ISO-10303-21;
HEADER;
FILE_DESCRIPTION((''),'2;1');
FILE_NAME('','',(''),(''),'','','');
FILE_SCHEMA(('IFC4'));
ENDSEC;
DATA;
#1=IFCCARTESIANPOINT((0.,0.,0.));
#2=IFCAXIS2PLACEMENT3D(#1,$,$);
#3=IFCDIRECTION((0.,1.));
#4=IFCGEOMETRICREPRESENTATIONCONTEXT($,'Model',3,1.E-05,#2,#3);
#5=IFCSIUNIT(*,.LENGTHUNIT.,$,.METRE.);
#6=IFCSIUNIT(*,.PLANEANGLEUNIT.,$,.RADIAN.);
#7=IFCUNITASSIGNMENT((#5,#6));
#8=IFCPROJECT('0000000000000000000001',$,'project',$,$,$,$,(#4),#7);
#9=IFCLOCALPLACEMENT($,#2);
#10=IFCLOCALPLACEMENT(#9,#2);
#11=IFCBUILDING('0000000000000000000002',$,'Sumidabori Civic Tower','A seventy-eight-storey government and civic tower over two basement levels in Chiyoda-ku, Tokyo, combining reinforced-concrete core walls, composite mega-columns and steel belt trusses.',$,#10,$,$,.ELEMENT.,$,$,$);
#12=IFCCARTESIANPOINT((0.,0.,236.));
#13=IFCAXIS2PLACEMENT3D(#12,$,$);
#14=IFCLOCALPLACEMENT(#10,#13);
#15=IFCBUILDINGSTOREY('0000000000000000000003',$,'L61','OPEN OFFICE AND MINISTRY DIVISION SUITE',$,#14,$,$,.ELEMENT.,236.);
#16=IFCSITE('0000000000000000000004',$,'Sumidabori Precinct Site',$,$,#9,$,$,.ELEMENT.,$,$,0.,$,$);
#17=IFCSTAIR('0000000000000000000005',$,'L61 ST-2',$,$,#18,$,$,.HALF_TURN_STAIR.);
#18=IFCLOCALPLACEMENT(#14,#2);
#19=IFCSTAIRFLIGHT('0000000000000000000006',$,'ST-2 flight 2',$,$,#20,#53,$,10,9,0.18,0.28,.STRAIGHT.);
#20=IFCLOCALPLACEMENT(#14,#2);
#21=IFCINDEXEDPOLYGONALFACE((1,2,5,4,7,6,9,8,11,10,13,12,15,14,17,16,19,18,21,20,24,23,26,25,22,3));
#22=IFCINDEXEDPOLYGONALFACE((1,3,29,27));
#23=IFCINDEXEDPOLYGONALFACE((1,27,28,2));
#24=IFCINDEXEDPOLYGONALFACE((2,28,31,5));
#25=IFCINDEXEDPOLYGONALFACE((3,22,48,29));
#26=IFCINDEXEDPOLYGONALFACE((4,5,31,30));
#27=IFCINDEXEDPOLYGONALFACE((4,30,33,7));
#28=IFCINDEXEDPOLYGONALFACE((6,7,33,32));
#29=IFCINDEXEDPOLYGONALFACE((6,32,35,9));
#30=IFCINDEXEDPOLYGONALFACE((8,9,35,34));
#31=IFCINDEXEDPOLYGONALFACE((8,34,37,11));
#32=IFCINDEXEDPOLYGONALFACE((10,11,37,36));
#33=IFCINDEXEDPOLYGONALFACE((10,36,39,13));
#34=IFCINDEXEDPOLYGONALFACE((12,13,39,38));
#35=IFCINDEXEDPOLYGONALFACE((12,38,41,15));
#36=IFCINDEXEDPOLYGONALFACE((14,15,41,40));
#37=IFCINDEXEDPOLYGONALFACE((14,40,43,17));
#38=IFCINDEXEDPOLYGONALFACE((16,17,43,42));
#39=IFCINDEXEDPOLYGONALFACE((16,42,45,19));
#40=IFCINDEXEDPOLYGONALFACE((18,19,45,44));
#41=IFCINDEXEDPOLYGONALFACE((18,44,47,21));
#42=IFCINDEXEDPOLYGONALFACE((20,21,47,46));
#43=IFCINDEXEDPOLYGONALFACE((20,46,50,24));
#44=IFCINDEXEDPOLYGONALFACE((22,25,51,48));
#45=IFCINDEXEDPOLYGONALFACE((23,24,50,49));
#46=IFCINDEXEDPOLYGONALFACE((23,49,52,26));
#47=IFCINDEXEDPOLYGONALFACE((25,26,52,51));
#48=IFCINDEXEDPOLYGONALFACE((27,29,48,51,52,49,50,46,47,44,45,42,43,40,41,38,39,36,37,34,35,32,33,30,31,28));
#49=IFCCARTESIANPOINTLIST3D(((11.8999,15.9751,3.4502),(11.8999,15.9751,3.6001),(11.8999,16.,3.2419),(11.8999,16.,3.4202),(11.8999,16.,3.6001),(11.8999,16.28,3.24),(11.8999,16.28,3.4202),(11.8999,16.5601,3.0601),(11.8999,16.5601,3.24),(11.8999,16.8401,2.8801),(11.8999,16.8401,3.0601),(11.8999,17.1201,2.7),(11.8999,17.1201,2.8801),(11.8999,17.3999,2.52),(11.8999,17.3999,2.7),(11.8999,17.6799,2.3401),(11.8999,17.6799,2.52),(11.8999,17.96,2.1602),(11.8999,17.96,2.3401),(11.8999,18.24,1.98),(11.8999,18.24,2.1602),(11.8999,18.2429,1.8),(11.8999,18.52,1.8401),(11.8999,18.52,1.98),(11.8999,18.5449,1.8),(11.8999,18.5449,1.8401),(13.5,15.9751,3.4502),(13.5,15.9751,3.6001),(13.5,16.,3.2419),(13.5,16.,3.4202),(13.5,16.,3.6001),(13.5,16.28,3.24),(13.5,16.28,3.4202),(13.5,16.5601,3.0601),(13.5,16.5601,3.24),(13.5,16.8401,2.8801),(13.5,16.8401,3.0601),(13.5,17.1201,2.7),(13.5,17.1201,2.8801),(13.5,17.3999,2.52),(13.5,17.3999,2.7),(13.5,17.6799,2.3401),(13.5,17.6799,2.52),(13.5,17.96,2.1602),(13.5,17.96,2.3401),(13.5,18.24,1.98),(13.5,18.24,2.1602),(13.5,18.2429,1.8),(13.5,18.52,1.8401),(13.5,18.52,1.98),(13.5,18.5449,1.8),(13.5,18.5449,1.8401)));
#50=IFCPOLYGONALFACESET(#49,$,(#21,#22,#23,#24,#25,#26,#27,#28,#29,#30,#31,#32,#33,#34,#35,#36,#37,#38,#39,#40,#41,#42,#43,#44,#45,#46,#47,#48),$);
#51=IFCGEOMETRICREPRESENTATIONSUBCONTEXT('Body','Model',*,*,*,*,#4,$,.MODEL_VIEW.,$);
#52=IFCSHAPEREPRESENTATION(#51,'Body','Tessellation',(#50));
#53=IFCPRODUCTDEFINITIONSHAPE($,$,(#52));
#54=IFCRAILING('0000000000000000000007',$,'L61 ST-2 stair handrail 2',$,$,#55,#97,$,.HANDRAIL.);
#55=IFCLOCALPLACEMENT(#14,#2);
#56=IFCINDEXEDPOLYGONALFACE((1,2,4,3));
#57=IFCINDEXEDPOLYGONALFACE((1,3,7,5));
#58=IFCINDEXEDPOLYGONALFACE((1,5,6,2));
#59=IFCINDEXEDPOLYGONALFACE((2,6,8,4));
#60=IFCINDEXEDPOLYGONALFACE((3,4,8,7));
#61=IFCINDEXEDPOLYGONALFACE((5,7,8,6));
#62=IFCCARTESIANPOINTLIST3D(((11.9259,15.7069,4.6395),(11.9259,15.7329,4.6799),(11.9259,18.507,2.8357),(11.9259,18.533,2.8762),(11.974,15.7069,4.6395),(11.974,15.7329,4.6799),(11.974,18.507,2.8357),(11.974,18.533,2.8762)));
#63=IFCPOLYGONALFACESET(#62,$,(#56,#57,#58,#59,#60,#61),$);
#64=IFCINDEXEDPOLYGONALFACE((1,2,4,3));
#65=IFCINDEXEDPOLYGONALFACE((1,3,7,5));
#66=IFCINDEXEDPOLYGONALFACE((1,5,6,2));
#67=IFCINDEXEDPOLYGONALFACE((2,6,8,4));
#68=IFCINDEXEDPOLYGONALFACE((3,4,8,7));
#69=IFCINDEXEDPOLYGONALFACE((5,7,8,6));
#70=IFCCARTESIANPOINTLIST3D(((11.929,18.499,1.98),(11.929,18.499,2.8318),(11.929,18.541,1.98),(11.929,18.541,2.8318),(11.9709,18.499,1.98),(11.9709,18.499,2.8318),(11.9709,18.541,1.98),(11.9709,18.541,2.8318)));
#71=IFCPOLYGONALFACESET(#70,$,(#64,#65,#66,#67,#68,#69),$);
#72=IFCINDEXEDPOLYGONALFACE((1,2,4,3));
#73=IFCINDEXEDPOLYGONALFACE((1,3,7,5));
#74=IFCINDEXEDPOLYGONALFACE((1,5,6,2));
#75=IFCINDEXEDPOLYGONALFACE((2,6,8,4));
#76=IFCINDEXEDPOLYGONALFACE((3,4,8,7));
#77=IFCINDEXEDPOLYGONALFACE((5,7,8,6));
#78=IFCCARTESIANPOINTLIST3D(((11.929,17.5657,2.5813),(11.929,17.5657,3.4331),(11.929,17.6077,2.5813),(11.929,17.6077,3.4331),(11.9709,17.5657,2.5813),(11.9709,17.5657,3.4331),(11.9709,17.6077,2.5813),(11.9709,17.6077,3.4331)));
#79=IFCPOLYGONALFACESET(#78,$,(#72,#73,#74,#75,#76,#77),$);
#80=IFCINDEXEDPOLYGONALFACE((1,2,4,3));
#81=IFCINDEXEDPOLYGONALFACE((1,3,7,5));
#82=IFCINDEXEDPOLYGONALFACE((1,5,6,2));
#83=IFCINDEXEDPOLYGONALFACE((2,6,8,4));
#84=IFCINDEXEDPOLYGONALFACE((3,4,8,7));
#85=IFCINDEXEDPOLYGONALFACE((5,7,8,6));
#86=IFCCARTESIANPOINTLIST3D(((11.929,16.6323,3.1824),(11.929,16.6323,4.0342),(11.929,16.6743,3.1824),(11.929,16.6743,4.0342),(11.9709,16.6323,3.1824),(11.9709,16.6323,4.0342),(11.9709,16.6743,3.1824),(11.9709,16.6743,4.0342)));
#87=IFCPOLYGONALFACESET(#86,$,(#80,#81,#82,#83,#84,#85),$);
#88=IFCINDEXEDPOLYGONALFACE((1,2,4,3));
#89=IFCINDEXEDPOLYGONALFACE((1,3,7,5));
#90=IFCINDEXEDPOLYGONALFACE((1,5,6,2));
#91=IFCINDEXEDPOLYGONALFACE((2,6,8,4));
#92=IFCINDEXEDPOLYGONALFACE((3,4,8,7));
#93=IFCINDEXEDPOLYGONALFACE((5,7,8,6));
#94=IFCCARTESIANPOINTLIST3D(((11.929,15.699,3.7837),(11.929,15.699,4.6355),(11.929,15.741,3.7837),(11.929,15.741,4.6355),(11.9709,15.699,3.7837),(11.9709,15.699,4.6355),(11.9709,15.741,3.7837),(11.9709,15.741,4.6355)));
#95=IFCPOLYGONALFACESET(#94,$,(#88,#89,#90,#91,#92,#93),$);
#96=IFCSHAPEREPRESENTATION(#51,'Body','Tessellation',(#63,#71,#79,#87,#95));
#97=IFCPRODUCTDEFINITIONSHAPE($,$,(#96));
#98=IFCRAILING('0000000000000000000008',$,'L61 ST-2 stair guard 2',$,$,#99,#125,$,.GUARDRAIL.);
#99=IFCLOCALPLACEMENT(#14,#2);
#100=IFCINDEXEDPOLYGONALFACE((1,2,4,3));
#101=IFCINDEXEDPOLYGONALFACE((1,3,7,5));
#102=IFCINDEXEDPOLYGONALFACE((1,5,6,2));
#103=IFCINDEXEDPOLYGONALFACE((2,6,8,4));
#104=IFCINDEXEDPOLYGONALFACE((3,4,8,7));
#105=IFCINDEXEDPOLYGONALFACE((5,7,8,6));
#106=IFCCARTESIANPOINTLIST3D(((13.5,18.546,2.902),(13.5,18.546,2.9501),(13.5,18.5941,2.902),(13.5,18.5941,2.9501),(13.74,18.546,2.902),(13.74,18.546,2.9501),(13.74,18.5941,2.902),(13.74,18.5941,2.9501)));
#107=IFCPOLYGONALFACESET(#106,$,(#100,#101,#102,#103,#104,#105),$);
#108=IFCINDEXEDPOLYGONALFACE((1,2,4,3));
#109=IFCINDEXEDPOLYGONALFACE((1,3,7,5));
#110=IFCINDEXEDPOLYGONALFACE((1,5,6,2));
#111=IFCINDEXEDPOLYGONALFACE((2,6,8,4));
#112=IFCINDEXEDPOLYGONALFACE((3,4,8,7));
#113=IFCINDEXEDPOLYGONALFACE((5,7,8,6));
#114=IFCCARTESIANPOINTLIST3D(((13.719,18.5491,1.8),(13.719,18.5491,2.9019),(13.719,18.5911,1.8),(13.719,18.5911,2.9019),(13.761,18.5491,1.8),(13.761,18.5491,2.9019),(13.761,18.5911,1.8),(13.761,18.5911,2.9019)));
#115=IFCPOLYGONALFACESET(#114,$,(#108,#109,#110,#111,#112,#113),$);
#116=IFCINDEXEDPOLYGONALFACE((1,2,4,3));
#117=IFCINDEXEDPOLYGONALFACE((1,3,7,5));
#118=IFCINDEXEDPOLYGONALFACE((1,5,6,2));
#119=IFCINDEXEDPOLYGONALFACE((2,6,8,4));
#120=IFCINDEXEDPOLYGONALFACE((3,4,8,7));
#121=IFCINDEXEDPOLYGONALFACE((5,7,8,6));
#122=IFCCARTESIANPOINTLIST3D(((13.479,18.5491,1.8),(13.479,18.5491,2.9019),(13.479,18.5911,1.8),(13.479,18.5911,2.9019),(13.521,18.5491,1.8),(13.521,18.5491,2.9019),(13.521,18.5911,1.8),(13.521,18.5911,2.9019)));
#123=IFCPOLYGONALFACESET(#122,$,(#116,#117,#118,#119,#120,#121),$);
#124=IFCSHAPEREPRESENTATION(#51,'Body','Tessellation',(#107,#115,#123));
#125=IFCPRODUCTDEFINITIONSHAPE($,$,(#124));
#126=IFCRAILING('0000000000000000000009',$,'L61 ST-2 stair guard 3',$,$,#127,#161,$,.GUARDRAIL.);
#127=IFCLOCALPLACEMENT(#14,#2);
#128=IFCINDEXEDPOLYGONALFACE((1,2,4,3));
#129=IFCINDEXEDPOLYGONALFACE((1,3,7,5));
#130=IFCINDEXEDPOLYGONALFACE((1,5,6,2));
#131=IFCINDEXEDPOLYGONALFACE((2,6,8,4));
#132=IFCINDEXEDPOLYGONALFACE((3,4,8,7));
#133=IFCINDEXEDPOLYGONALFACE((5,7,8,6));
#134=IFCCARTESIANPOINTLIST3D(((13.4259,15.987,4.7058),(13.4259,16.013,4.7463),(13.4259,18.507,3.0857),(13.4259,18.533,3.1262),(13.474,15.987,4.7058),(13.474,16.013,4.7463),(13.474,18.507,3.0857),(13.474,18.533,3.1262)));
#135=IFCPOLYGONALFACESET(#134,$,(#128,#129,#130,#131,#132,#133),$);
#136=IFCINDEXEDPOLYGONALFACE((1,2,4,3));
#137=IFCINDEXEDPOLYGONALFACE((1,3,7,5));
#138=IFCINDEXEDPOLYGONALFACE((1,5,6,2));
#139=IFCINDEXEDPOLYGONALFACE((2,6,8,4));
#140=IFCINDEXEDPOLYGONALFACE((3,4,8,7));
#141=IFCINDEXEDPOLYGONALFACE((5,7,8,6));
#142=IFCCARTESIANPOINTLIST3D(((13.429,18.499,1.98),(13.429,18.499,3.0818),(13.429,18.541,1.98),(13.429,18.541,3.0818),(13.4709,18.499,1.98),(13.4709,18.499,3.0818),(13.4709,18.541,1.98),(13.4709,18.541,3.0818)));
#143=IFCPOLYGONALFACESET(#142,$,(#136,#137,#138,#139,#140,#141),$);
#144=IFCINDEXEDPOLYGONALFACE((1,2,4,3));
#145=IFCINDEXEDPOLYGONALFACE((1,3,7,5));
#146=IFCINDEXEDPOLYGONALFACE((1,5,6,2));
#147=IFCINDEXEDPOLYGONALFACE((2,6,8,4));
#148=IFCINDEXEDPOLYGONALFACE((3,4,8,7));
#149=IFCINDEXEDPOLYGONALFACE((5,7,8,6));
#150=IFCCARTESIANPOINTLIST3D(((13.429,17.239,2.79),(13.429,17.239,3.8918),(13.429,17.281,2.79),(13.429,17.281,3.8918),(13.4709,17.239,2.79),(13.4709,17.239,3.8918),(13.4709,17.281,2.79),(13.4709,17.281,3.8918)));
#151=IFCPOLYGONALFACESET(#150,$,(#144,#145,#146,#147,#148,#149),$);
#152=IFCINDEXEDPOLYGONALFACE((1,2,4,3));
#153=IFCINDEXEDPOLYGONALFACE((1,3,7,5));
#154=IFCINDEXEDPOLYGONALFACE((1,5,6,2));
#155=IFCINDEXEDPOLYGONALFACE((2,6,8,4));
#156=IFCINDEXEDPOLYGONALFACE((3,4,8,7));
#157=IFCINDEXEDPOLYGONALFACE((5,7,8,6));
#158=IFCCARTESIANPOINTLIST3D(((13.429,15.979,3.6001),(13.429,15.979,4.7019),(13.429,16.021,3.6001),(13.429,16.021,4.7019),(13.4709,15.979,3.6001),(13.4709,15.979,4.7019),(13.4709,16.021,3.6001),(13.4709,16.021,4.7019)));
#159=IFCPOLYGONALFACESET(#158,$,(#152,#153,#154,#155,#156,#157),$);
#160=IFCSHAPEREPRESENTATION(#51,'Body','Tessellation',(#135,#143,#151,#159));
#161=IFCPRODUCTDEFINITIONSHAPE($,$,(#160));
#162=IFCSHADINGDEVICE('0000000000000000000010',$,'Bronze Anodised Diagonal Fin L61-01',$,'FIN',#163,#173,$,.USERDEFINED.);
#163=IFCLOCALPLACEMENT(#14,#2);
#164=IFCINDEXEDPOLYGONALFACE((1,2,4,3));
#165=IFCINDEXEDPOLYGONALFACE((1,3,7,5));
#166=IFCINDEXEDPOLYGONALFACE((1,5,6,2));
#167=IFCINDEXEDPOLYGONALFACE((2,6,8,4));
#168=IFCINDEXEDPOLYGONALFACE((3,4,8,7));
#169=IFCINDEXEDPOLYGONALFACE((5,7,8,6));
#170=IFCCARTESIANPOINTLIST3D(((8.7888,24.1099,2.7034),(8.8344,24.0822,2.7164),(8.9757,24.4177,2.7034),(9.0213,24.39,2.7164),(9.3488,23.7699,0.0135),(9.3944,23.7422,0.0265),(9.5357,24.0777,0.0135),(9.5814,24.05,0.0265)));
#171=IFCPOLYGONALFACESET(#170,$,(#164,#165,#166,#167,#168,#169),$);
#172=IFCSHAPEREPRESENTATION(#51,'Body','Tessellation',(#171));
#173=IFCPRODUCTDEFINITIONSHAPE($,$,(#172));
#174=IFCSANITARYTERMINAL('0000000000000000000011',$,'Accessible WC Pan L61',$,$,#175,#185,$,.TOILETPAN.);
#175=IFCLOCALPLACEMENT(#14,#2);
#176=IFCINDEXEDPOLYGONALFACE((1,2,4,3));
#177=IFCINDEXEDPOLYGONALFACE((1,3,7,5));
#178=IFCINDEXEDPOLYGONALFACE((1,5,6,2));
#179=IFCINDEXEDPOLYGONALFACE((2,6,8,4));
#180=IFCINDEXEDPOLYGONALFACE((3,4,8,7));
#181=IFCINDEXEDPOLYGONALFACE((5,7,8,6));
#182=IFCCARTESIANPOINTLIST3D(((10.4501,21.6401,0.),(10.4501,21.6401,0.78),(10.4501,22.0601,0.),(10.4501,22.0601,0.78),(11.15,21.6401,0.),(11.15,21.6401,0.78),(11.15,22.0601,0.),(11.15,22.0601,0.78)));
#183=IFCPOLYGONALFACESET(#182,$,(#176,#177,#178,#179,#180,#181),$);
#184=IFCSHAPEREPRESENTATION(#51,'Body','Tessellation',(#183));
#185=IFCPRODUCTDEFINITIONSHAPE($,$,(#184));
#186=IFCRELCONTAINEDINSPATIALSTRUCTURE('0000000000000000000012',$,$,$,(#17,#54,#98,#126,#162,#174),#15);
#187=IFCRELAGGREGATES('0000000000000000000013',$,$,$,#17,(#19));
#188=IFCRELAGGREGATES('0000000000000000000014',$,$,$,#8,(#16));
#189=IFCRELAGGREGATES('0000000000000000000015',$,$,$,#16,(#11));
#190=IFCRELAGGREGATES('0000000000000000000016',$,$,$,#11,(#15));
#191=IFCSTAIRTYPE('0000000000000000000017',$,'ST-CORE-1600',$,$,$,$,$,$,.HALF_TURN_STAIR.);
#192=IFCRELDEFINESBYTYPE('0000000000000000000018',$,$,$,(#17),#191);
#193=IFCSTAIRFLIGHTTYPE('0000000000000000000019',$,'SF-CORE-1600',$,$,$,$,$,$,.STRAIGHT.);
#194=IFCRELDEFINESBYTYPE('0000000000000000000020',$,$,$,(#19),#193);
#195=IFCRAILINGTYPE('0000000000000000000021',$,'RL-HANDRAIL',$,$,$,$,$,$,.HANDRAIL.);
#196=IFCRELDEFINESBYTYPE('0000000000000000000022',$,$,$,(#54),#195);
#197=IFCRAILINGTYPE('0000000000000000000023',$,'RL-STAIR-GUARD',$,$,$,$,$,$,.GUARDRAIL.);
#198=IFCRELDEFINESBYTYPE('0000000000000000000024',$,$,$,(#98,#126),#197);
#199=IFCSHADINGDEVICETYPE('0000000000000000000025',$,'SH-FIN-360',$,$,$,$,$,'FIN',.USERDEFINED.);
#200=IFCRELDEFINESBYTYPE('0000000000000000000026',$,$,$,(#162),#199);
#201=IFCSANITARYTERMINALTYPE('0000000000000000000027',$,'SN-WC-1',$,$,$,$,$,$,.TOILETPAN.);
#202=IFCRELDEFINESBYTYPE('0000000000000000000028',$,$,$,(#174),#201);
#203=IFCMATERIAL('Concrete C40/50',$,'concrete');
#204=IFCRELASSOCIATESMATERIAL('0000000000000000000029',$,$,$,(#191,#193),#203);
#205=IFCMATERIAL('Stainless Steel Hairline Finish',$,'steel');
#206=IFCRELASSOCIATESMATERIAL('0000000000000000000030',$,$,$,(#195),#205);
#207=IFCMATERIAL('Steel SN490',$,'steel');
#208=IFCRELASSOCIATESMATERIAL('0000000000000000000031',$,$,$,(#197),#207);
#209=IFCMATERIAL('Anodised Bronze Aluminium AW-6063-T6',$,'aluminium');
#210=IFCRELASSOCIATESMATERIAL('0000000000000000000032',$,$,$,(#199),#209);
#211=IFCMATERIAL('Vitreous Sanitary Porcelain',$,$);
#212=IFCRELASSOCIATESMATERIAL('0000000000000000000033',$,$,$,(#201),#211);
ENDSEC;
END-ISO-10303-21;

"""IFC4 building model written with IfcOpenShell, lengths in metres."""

from ifc_helpers import new_model, si_unit, direction, frame, origin, origin_2d, place, context, subcontext, project, spatial, polyline, rectangle, outline, extrude, source, transform, mapped, material, material_profile, profile_set, type_object, element, aggregate, save


model = new_model("IFC4")

# Units and contexts
model_context = context("Model", 3, precision=1e-05, world=origin(), true_north=direction((0.0, 1.0)))
body_context = subcontext(model_context, "Body", "Model", "MODEL_VIEW")
ifc_project = project(units=[si_unit("LENGTHUNIT", "METRE"), si_unit("PLANEANGLEUNIT", "RADIAN")], contexts=[model_context])

# Site, building, storey
site_placement = place(None, origin())
site = spatial("IfcSite", under=ifc_project, at=site_placement, Name="Sumidabori Precinct Site", CompositionType="ELEMENT", RefElevation=0.0)
building_placement = place(site_placement, origin())
building = spatial("IfcBuilding", under=site, at=building_placement, Name="Sumidabori Civic Tower", Description="A seventy-eight-storey government and civic tower over two basement levels in Chiyoda-ku, Tokyo, combining reinforced-concrete core walls, composite mega-columns and steel belt trusses.", CompositionType="ELEMENT")
storey_placement = place(building_placement, frame((0.0, 0.0, 236.0)))
storey = spatial("IfcBuildingStorey", under=building, at=storey_placement, Name="L61", Description="OPEN OFFICE AND MINISTRY DIVISION SUITE", CompositionType="ELEMENT", Elevation=236.0)

# Shared definitions
ifc_material_1 = material(Name="Steel SN490", Category="steel")

# Shared definitions
ifc_material_2 = material(Name="Anodised Bronze Aluminium AW-6063-T6", Category="aluminium")

# Stair, stair flight
ifc_material_3 = material(Name="Concrete C40/50", Category="concrete")
stair_type = type_object("IfcStairType", Name="ST-CORE-1600", PredefinedType="HALF_TURN_STAIR", material=ifc_material_3)
stair_placement = place(storey_placement, origin())
stair = element("IfcStair", 1, at=stair_placement, inside=storey, type_object=stair_type, Name="L61 ST-2", PredefinedType="HALF_TURN_STAIR")
stair_flight_type = type_object("IfcStairFlightType", Name="SF-CORE-1600", PredefinedType="STRAIGHT", material=ifc_material_3)
shared_shape_1 = source(origin(), body_context, "Body", "SweptSolid", [
    extrude(outline(polyline([(-0.0249, 0.0), (-0.0249, 0.04), (0.0, 0.04), (0.0, 0.1799), (0.28, 0.1799), (0.28, 0.3601), (0.5601, 0.3601), (0.5601, 0.54), (0.8401, 0.54), (0.8401, 0.72), (1.1201, 0.72), (1.1201, 0.8999), (1.3999, 0.8999), (1.3999, 1.0801), (1.6799, 1.0801), (1.6799, 1.26), (1.96, 1.26), (1.96, 1.4399), (2.24, 1.4399), (2.24, 1.6201), (2.52, 1.6201), (2.52, 1.8), (2.5449, 1.8), (2.5449, 1.6501), (2.52, 1.4419), (0.2771, 0.0), (-0.0249, 0.0)])), frame((0.0, 0.8, 0.0), z_axis=(0.0, -1.0, 0.0), x_axis=(1.0, 0.0, 0.0)), (0.0, 0.0, 1.0), 1.6001),
])
stair_flight_placement = place(storey_placement, frame((12.7, 18.52, 1.8), z_axis=(0.0, 0.0, 1.0), x_axis=(0.0, -1.0, 0.0)))
stair_flight = element("IfcStairFlight", 2, at=stair_flight_placement, type_object=stair_flight_type, Name="ST-2 flight 2", NumberOfRisers=10, NumberOfTreads=9, PredefinedType="STRAIGHT", RiserHeight=0.18, TreadLength=0.28, context=body_context, shape_type="MappedRepresentation", body=[
    mapped(shared_shape_1, transform((0.0, 0.0, 0.0), x_axis=(1.0, 0.0, 0.0), y_axis=(0.0, 1.0, 0.0), z_axis=(0.0, 0.0, 1.0), scale=1.0)),
])
aggregate(stair, [stair_flight])

# Railings
ifc_material_4 = material(Name="Stainless Steel Hairline Finish", Category="steel")
railing_type_1 = type_object("IfcRailingType", Name="RL-HANDRAIL", PredefinedType="HANDRAIL", material=ifc_material_4)
railing_1_placement = place(storey_placement, frame((11.95, 18.52, 1.98)))
element("IfcRailing", 3, at=railing_1_placement, inside=storey, type_object=railing_type_1, Name="L61 ST-2 stair handrail 2", PredefinedType="HANDRAIL", context=body_context, shape_type="SweptSolid", body=[
    extrude(rectangle(XDim=0.0481, YDim=0.0481, at=origin_2d()), frame((0.0, 0.0, 0.876), z_axis=(0.0, -0.840676, 0.541539), x_axis=(1.0, 0.0, 0.0)), (0.0, 0.0, 1.0), 3.3308),
    extrude(rectangle(XDim=0.042, YDim=0.042, at=origin_2d()), origin(), (0.0, 0.0, 1.0), 0.8518),
    extrude(rectangle(XDim=0.042, YDim=0.042, at=origin_2d()), frame((0.0, -0.9333, 0.6013)), (0.0, 0.0, 1.0), 0.8518),
    extrude(rectangle(XDim=0.042, YDim=0.042, at=origin_2d()), frame((0.0, -1.8667, 1.2024)), (0.0, 0.0, 1.0), 0.8518),
    extrude(rectangle(XDim=0.042, YDim=0.042, at=origin_2d()), frame((0.0, -2.8, 1.8037)), (0.0, 0.0, 1.0), 0.8518),
])
railing_type_2 = type_object("IfcRailingType", Name="RL-STAIR-GUARD", PredefinedType="GUARDRAIL", material=ifc_material_1)
railing_2_placement = place(storey_placement, frame((13.74, 18.5701, 1.8)))
element("IfcRailing", 4, at=railing_2_placement, inside=storey, type_object=railing_type_2, Name="L61 ST-2 stair guard 2", PredefinedType="GUARDRAIL", context=body_context, shape_type="SweptSolid", body=[
    extrude(rectangle(XDim=0.0481, YDim=0.0481, at=origin_2d()), frame((0.0, 0.0, 1.126), z_axis=(-1.0, 0.0, 0.0), x_axis=(0.0, -1.0, 0.0)), (0.0, 0.0, 1.0), 0.24),
    extrude(rectangle(XDim=0.042, YDim=0.042, at=origin_2d()), origin(), (0.0, 0.0, 1.0), 1.1018),
    extrude(rectangle(XDim=0.042, YDim=0.042, at=origin_2d()), frame((-0.24, 0.0, 0.0)), (0.0, 0.0, 1.0), 1.1018),
])
railing_3_placement = place(storey_placement, frame((13.45, 18.52, 1.98)))
element("IfcRailing", 5, at=railing_3_placement, inside=storey, type_object=railing_type_2, Name="L61 ST-2 stair guard 3", PredefinedType="GUARDRAIL", context=body_context, shape_type="SweptSolid", body=[
    extrude(rectangle(XDim=0.0481, YDim=0.0481, at=origin_2d()), frame((0.0, 0.0, 1.126), z_axis=(0.0, -0.841163, 0.540782), x_axis=(1.0, 0.0, 0.0)), (0.0, 0.0, 1.0), 2.9958),
    extrude(rectangle(XDim=0.042, YDim=0.042, at=origin_2d()), origin(), (0.0, 0.0, 1.0), 1.1018),
    extrude(rectangle(XDim=0.042, YDim=0.042, at=origin_2d()), frame((0.0, -1.26, 0.8101)), (0.0, 0.0, 1.0), 1.1018),
    extrude(rectangle(XDim=0.042, YDim=0.042, at=origin_2d()), frame((0.0, -2.52, 1.6201)), (0.0, 0.0, 1.0), 1.1018),
])

# Shading device
ifc_material_profile_1 = material_profile(ifc_material_2, rectangle(XDim=0.0549, YDim=0.3601, at=origin_2d()), Name="BRONZE FIN 360x55")
ifc_profile_set_1 = profile_set([ifc_material_profile_1], Name="Anodised Bronze Aluminium AW-6063-T6")
shading_device_type = type_object("IfcShadingDeviceType", Name="SH-FIN-360", ElementType="FIN", PredefinedType="USERDEFINED", material=ifc_profile_set_1)
shared_shape_2 = source(origin(), body_context, "Body", "SweptSolid", [
    extrude(rectangle(XDim=0.0549, YDim=0.3601, at=origin_2d()), origin(), (0.0, 0.0, 1.0), 2.7686),
])
shading_device_placement = place(storey_placement, frame((9.4651, 23.9099, 0.02), z_axis=(-0.20229, 0.122838, 0.971591), x_axis=(0.83047, -0.504291, 0.236665)))
element("IfcShadingDevice", 6, at=shading_device_placement, inside=storey, type_object=shading_device_type, Name="Bronze Anodised Diagonal Fin L61-01", ObjectType="FIN", PredefinedType="USERDEFINED", context=body_context, shape_type="MappedRepresentation", body=[
    mapped(shared_shape_2, transform((0.0, 0.0, 0.0), x_axis=(1.0, 0.0, 0.0), y_axis=(0.0, 1.0, 0.0), z_axis=(0.0, 0.0, 1.0), scale=1.0)),
])

# Sanitary terminal
ifc_material_5 = material(Name="Vitreous Sanitary Porcelain")
sanitary_terminal_type_1 = type_object("IfcSanitaryTerminalType", Name="SN-WC-1", PredefinedType="TOILETPAN", material=ifc_material_5)
shared_shape_3 = source(origin(), body_context, "Body", "SweptSolid", [
    extrude(rectangle(XDim=0.7, YDim=0.4199, at=origin_2d()), origin(), (0.0, 0.0, 1.0), 0.78),
])
sanitary_terminal_1_placement = place(storey_placement, frame((10.8, 21.8501, 0.0), z_axis=(0.0, 0.0, 1.0), x_axis=(1.0, 0.0, 0.0)))
element("IfcSanitaryTerminal", 7, at=sanitary_terminal_1_placement, inside=storey, type_object=sanitary_terminal_type_1, Name="Accessible WC Pan L61", PredefinedType="TOILETPAN", context=body_context, shape_type="MappedRepresentation", body=[
    mapped(shared_shape_3, transform((0.0, 0.0, 0.0), x_axis=(1.0, 0.0, 0.0), y_axis=(0.0, 1.0, 0.0), z_axis=(0.0, 0.0, 1.0), scale=1.0)),
])

save(model, "model.ifc")
